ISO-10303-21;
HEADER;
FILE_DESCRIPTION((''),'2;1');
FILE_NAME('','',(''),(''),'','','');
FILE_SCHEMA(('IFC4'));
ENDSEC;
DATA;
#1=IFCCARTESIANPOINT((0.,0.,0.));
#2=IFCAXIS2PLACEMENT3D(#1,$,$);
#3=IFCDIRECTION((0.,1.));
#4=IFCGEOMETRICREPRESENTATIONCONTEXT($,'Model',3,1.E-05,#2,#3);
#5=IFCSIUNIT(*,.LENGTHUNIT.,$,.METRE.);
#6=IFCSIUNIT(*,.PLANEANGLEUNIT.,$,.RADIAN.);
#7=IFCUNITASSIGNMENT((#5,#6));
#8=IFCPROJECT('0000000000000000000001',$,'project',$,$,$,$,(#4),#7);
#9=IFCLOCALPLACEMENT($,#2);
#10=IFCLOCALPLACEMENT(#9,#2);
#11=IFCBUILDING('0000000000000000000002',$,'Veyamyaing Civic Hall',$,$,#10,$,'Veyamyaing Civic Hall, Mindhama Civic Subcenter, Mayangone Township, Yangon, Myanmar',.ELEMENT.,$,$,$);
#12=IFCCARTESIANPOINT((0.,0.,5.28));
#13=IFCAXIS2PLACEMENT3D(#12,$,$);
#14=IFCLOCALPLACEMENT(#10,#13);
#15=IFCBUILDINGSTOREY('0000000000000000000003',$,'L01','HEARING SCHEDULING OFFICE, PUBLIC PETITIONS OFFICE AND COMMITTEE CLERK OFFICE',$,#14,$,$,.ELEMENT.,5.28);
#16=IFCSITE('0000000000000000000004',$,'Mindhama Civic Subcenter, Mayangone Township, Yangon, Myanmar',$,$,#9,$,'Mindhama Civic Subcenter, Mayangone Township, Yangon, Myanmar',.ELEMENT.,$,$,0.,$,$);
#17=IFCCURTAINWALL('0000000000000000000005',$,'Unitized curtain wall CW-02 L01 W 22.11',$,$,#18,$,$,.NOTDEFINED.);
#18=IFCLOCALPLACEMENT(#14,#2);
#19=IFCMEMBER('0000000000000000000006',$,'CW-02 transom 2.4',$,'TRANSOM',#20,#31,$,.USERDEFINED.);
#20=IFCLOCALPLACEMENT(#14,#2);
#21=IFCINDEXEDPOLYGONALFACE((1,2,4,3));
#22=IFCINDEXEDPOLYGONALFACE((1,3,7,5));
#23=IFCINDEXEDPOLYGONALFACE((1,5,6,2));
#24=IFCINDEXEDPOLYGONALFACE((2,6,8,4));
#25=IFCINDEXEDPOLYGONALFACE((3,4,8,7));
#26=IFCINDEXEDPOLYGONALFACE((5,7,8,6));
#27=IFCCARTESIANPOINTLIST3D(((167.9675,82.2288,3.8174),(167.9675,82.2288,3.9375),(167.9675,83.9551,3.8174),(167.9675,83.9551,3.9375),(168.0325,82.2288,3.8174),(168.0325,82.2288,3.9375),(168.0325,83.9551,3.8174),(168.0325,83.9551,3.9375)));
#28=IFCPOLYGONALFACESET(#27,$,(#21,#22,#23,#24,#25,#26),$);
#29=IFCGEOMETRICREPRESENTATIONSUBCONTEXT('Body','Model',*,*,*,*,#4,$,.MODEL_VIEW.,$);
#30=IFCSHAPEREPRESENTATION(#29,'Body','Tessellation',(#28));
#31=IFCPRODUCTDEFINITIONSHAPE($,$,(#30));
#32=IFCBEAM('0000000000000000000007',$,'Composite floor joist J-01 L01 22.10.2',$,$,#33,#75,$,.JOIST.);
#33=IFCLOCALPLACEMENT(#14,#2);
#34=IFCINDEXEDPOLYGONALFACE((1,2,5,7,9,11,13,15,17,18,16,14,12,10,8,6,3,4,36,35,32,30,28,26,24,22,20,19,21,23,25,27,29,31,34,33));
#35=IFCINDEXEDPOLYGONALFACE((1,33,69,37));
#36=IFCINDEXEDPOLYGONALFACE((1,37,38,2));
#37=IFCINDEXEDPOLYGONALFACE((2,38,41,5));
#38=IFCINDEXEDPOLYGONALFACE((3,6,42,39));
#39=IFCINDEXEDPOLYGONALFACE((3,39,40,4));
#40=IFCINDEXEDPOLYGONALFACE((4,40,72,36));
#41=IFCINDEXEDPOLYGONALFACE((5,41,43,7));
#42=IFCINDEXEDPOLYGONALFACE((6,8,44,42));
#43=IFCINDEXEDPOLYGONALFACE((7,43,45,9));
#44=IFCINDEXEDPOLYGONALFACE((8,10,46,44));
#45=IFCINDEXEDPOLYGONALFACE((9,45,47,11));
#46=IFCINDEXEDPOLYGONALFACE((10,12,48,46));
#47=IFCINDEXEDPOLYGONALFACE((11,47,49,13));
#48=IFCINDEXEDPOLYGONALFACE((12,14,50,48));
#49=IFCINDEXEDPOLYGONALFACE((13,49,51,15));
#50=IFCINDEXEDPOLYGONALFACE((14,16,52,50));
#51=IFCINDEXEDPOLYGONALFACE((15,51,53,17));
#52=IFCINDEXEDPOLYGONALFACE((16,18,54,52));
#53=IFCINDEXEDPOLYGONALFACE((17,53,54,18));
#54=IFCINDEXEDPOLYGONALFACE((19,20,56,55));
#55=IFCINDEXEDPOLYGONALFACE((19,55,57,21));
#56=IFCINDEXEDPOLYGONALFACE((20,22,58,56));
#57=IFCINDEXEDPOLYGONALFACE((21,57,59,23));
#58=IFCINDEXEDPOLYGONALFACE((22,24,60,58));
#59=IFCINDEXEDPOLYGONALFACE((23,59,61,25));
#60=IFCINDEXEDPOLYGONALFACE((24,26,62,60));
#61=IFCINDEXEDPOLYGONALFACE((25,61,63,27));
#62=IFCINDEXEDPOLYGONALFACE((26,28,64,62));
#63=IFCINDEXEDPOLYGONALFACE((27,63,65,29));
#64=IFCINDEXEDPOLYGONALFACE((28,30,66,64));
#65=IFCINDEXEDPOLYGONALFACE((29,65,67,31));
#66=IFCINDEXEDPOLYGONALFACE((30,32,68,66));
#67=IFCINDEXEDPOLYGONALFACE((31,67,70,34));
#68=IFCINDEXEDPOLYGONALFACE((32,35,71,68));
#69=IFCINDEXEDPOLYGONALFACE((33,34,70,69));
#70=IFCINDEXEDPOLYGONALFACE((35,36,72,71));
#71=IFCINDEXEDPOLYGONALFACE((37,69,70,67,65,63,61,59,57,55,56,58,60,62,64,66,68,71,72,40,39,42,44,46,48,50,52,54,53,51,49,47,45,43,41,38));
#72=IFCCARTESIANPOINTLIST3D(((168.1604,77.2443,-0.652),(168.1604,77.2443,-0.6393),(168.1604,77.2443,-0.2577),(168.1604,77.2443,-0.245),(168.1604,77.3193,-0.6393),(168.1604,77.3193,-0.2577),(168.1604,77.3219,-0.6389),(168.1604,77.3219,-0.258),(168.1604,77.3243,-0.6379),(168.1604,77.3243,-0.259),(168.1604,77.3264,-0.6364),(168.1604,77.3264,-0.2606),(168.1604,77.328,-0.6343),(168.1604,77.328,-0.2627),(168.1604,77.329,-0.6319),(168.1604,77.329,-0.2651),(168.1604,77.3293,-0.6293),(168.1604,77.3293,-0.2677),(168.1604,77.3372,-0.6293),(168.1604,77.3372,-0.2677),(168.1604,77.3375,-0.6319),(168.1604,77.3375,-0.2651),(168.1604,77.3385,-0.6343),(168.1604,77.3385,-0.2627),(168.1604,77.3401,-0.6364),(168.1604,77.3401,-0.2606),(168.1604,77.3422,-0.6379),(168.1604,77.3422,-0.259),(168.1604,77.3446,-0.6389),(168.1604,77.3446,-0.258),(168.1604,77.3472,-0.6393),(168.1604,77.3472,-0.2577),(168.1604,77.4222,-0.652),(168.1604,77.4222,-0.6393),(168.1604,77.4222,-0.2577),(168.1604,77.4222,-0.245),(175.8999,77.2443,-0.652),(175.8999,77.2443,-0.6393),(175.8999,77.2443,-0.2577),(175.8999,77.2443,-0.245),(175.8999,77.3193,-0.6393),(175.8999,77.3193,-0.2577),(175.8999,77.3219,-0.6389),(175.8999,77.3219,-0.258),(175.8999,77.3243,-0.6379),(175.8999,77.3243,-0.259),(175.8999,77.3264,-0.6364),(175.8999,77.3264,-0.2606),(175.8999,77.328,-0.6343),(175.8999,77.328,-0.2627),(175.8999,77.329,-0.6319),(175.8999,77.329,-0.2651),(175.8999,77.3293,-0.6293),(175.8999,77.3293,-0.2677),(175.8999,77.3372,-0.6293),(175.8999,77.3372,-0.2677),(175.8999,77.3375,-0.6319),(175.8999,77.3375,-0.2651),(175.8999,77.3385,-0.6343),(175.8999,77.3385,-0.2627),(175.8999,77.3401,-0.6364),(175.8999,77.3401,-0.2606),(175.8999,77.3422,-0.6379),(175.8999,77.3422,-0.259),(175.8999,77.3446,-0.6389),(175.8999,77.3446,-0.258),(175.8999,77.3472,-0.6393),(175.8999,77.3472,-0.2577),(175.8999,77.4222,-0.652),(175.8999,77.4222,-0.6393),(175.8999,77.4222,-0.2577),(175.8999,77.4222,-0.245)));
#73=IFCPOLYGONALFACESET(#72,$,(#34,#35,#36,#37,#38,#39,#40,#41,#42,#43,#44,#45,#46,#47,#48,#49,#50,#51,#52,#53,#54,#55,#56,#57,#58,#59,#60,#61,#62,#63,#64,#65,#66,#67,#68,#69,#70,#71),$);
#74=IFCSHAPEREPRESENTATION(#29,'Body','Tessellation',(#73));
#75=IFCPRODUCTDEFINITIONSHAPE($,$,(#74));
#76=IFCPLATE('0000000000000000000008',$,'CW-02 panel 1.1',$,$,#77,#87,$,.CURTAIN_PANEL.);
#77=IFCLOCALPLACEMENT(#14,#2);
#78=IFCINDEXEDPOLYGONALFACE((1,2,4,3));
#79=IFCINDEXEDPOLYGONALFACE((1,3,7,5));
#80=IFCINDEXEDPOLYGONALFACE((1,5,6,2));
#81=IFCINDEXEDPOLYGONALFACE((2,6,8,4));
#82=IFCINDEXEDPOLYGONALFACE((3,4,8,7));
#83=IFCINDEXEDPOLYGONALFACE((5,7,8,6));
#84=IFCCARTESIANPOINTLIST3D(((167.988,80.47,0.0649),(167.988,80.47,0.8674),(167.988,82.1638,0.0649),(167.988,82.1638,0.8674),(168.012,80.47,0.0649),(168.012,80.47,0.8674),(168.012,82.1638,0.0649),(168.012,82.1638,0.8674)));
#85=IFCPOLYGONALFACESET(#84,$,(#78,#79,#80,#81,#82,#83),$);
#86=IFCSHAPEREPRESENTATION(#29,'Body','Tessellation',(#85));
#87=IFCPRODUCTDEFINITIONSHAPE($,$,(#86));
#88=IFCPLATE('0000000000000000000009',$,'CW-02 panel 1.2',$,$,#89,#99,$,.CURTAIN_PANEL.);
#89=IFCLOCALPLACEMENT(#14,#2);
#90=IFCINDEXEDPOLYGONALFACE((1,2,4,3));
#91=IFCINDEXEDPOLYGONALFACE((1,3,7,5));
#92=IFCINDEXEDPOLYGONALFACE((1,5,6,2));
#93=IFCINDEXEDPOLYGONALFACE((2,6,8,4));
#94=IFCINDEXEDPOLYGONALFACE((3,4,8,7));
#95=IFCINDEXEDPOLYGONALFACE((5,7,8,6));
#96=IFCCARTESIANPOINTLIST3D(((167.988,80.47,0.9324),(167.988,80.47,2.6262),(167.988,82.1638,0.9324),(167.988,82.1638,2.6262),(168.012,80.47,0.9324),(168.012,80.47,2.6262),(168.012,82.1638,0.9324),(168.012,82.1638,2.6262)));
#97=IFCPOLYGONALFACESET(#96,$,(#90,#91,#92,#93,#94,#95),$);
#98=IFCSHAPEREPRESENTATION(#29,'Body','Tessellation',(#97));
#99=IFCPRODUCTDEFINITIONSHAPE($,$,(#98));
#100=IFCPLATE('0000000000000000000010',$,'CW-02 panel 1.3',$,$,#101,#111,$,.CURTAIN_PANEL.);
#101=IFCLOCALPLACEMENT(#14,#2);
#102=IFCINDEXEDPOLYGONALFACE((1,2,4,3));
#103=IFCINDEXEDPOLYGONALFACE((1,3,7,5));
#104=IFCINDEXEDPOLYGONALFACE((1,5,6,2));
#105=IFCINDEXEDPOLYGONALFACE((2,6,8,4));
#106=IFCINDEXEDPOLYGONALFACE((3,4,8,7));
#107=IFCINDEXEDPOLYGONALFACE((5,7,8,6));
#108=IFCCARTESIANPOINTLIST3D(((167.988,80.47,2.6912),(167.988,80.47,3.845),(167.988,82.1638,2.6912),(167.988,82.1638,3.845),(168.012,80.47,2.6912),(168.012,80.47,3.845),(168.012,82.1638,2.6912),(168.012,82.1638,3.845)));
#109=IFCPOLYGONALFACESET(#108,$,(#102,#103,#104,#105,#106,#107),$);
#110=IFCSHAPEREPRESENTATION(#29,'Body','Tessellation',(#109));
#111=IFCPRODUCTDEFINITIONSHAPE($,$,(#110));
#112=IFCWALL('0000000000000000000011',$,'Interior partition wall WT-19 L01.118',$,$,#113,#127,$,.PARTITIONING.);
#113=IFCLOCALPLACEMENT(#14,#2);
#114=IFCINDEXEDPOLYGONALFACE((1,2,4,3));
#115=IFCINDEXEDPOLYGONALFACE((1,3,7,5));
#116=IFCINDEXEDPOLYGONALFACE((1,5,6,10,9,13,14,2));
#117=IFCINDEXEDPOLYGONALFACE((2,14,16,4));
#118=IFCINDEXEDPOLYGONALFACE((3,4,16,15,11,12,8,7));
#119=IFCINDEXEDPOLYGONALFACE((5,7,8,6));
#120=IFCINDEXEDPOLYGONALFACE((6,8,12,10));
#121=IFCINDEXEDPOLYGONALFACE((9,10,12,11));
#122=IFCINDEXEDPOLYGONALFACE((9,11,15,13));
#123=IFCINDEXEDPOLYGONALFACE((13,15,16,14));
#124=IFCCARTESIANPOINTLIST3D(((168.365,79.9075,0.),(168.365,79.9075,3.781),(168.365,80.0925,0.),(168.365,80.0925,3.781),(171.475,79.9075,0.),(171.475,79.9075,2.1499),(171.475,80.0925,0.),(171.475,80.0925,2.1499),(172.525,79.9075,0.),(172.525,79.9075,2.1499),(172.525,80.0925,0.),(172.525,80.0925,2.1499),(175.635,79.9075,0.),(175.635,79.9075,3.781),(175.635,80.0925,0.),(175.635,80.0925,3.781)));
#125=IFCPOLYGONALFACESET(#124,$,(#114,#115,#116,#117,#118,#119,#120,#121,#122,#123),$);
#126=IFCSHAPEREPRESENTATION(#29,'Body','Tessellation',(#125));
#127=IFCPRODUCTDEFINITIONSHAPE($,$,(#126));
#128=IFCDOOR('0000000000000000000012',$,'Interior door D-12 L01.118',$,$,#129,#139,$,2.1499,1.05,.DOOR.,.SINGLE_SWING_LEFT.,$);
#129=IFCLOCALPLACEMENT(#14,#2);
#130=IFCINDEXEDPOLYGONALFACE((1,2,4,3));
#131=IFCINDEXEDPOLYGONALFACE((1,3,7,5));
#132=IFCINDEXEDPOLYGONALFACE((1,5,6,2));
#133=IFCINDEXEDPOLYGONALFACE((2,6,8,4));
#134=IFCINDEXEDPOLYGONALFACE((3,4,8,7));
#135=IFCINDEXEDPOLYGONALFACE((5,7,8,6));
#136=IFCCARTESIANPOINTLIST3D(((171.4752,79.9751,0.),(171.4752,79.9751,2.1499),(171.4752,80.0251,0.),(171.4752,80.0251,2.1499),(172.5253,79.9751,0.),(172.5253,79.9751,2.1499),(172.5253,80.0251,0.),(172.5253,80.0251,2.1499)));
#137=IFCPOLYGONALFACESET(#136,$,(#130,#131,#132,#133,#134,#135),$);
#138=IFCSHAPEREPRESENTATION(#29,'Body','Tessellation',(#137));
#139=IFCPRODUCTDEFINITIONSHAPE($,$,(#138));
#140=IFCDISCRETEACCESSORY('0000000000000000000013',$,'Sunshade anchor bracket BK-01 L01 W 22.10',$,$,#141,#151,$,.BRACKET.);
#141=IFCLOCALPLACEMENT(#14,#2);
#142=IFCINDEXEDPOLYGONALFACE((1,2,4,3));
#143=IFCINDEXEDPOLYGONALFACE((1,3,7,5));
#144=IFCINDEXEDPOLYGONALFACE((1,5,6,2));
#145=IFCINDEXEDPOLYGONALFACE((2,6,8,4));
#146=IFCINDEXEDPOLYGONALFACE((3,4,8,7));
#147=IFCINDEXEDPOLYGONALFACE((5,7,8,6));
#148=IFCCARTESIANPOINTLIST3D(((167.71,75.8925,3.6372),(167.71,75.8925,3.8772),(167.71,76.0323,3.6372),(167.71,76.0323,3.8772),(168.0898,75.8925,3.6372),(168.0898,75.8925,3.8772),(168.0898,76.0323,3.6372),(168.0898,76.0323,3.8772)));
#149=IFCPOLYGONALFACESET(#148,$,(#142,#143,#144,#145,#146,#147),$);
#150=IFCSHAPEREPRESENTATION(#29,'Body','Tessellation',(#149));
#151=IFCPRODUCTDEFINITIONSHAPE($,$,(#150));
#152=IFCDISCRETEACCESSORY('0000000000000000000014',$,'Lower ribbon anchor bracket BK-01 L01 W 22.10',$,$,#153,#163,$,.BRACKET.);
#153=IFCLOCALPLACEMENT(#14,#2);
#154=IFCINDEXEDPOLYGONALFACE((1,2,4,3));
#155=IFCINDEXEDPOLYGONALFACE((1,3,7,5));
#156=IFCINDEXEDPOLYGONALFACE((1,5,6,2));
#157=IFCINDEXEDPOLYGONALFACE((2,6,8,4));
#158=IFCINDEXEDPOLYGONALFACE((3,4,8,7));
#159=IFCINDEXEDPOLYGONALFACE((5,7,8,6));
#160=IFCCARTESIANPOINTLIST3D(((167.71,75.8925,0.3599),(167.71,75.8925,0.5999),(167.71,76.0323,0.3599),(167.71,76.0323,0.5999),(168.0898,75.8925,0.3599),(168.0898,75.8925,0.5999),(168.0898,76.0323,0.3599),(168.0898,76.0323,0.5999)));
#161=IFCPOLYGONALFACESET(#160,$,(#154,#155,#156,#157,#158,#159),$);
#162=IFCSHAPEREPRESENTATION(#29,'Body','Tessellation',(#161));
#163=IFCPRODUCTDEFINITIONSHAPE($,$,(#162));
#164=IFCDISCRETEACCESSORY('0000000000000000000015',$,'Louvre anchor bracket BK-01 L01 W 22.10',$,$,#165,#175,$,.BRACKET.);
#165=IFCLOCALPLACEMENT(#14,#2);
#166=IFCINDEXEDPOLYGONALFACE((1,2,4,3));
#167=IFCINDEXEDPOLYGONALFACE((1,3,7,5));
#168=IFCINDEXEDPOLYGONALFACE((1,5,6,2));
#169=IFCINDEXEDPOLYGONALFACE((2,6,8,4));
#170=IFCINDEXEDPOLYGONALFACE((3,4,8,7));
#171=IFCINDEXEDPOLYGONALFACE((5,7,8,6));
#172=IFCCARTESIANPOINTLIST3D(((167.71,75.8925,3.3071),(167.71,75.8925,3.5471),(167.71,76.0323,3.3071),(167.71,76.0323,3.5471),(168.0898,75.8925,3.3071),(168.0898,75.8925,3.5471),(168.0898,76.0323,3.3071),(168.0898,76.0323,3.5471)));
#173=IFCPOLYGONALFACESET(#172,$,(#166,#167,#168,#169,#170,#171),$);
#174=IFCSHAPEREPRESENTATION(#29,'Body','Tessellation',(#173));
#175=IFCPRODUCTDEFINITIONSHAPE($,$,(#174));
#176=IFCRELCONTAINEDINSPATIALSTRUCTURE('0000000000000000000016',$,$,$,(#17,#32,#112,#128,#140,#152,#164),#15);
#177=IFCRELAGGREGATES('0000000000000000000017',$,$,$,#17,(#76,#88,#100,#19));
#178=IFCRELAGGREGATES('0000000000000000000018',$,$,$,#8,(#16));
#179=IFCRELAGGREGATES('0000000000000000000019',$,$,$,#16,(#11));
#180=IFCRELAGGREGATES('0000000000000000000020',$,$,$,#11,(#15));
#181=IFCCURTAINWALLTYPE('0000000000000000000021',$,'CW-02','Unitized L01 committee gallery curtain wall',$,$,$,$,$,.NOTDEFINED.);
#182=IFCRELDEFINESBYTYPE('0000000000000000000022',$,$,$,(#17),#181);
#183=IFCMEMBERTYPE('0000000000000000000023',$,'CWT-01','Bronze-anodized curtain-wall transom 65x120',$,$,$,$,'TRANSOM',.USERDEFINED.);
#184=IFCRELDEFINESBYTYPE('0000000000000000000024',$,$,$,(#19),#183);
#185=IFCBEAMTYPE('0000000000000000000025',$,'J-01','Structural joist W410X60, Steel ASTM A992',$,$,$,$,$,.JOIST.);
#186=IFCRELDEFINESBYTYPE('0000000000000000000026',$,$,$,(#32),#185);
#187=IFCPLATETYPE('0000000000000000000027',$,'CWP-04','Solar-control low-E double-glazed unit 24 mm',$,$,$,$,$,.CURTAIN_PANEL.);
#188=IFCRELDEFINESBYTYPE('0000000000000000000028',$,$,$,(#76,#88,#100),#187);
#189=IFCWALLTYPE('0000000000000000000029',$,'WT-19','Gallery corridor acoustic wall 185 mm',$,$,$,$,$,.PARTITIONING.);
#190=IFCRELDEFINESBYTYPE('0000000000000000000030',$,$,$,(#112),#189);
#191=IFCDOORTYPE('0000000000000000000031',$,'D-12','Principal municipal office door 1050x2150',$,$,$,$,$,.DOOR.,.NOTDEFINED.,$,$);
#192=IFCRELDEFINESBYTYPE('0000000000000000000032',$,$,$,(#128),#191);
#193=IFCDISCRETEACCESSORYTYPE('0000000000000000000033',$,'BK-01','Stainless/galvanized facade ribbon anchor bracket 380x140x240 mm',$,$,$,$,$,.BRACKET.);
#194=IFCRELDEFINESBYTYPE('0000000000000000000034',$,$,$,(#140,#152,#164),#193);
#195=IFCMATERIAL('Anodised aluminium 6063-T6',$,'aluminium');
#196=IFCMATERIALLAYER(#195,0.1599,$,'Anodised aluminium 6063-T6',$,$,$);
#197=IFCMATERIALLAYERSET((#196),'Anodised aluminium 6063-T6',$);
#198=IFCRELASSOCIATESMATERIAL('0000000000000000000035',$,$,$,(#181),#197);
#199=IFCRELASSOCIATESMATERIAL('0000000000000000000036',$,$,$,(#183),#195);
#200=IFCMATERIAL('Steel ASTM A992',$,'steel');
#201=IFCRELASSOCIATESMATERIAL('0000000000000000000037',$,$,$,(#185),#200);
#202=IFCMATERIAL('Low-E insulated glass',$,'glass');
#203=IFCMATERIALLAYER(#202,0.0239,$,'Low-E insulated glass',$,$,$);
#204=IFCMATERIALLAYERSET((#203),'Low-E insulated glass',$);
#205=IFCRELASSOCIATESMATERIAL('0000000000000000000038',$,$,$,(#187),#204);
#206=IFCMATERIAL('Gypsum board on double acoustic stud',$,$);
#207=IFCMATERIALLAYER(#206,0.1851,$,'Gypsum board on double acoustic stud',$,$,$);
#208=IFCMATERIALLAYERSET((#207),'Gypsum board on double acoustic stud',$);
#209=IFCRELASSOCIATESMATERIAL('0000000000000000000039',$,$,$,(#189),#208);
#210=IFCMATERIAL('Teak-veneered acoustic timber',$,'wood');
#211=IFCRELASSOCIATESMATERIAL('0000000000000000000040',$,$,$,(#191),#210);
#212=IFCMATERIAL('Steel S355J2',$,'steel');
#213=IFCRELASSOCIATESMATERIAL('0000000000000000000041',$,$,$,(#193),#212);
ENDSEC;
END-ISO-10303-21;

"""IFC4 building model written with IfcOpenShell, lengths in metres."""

from ifc_helpers import new_model, si_unit, direction, frame, frame_2d, origin, origin_2d, place, context, subcontext, project, spatial, rectangle, i_section, extrude, material, layer, layer_set, material_profile, profile_set, type_object, element, fill, aggregate, save


model = new_model("IFC4")

# Units and contexts
model_context = context("Model", 3, precision=1e-05, world=origin(), true_north=direction((0.0, 1.0)))
body_context = subcontext(model_context, "Body", "Model", "MODEL_VIEW")
ifc_project = project(units=[si_unit("LENGTHUNIT", "METRE"), si_unit("PLANEANGLEUNIT", "RADIAN")], contexts=[model_context])

# Site, building, storey
site_placement = place(None, origin())
site = spatial("IfcSite", under=ifc_project, at=site_placement, Name="Mindhama Civic Subcenter, Mayangone Township, Yangon, Myanmar", LongName="Mindhama Civic Subcenter, Mayangone Township, Yangon, Myanmar", CompositionType="ELEMENT", RefElevation=0.0)
building_placement = place(site_placement, origin())
building = spatial("IfcBuilding", under=site, at=building_placement, Name="Veyamyaing Civic Hall", LongName="Veyamyaing Civic Hall, Mindhama Civic Subcenter, Mayangone Township, Yangon, Myanmar", CompositionType="ELEMENT")
storey_placement = place(building_placement, frame((0.0, 0.0, 5.28)))
storey = spatial("IfcBuildingStorey", under=building, at=storey_placement, Name="L01", Description="HEARING SCHEDULING OFFICE, PUBLIC PETITIONS OFFICE AND COMMITTEE CLERK OFFICE", CompositionType="ELEMENT", Elevation=5.28)

# Shared definitions
ifc_material_1 = material(Name="Steel ASTM A992", Category="steel")

# Curtain wall, member
ifc_material_2 = material(Name="Anodised aluminium 6063-T6", Category="aluminium")
ifc_layer_1 = layer(ifc_material_2, 0.1599, Name="Anodised aluminium 6063-T6")
ifc_layer_set_1 = layer_set([ifc_layer_1], Name="Anodised aluminium 6063-T6")
curtain_wall_type = type_object("IfcCurtainWallType", Name="CW-02", Description="Unitized L01 committee gallery curtain wall", PredefinedType="NOTDEFINED", material=ifc_layer_set_1)
curtain_wall_placement = place(storey_placement, origin())
curtain_wall = element("IfcCurtainWall", 1, at=curtain_wall_placement, inside=storey, type_object=curtain_wall_type, Name="Unitized curtain wall CW-02 L01 W 22.11", PredefinedType="NOTDEFINED")
ifc_material_profile_1 = material_profile(ifc_material_2, rectangle(XDim=0.0649, YDim=0.1201, at=origin_2d()), Name="ALU-TRN-65X120")
ifc_profile_set_1 = profile_set([ifc_material_profile_1], Name="Anodised aluminium 6063-T6")
member_type_1 = type_object("IfcMemberType", Name="CWT-01", Description="Bronze-anodized curtain-wall transom 65x120", ElementType="TRANSOM", PredefinedType="USERDEFINED", material=ifc_profile_set_1)
member_1_placement = place(storey_placement, frame((168.0, 82.2288, 3.8774), z_axis=(0.0, 1.0, 0.0), x_axis=(-1.0, 0.0, 0.0)))
member_1 = element("IfcMember", 2, at=member_1_placement, type_object=member_type_1, Name="CW-02 transom 2.4", ObjectType="TRANSOM", PredefinedType="USERDEFINED", context=body_context, shape_type="SweptSolid", body=[
    extrude(rectangle(XDim=0.0649, YDim=0.1201, at=origin_2d()), origin(), (0.0, 0.0, 1.0), 1.7263),
])

# Beam
ifc_material_profile_2 = material_profile(ifc_material_1, i_section(OverallWidth=0.178, OverallDepth=0.407, WebThickness=0.0078, FlangeThickness=0.0127, FilletRadius=0.01, at=origin_2d()), Name="W410X60")
ifc_profile_set_2 = profile_set([ifc_material_profile_2], Name="Steel ASTM A992")
beam_type_1 = type_object("IfcBeamType", Name="J-01", Description="Structural joist W410X60, Steel ASTM A992", PredefinedType="JOIST", material=ifc_profile_set_2)
beam_1_placement = place(storey_placement, frame((168.1604, 77.3333, -0.4485), z_axis=(1.0, 0.0, 0.0), x_axis=(0.0, 1.0, 0.0)))
element("IfcBeam", 3, at=beam_1_placement, inside=storey, type_object=beam_type_1, Name="Composite floor joist J-01 L01 22.10.2", PredefinedType="JOIST", context=body_context, shape_type="SweptSolid", body=[
    extrude(i_section(OverallWidth=0.178, OverallDepth=0.407, WebThickness=0.0078, FlangeThickness=0.0127, FilletRadius=0.01, at=origin_2d()), origin(), (0.0, 0.0, 1.0), 7.7395),
])

# Plates
ifc_material_3 = material(Name="Low-E insulated glass", Category="glass")
ifc_layer_2 = layer(ifc_material_3, 0.0239, Name="Low-E insulated glass")
ifc_layer_set_2 = layer_set([ifc_layer_2], Name="Low-E insulated glass")
plate_type = type_object("IfcPlateType", Name="CWP-04", Description="Solar-control low-E double-glazed unit 24 mm", PredefinedType="CURTAIN_PANEL", material=ifc_layer_set_2)
plate_1_placement = place(storey_placement, frame((168.0, 81.3169, 0.0649), z_axis=(0.0, 0.0, 1.0), x_axis=(0.0, 1.0, 0.0)))
plate_1 = element("IfcPlate", 4, at=plate_1_placement, type_object=plate_type, Name="CW-02 panel 1.1", PredefinedType="CURTAIN_PANEL", context=body_context, shape_type="SweptSolid", body=[
    extrude(rectangle(XDim=1.6938, YDim=0.0239, at=origin_2d()), origin(), (0.0, 0.0, 1.0), 0.8025),
])
plate_2_placement = place(storey_placement, frame((168.0, 81.3169, 0.9324), z_axis=(0.0, 0.0, 1.0), x_axis=(0.0, 1.0, 0.0)))
plate_2 = element("IfcPlate", 5, at=plate_2_placement, type_object=plate_type, Name="CW-02 panel 1.2", PredefinedType="CURTAIN_PANEL", context=body_context, shape_type="SweptSolid", body=[
    extrude(rectangle(XDim=1.6938, YDim=0.0239, at=origin_2d()), origin(), (0.0, 0.0, 1.0), 1.6938),
])
plate_3_placement = place(storey_placement, frame((168.0, 81.3169, 2.6912), z_axis=(0.0, 0.0, 1.0), x_axis=(0.0, 1.0, 0.0)))
plate_3 = element("IfcPlate", 6, at=plate_3_placement, type_object=plate_type, Name="CW-02 panel 1.3", PredefinedType="CURTAIN_PANEL", context=body_context, shape_type="SweptSolid", body=[
    extrude(rectangle(XDim=1.6938, YDim=0.0239, at=origin_2d()), origin(), (0.0, 0.0, 1.0), 1.1538),
])
aggregate(curtain_wall, [plate_1, plate_2, plate_3, member_1])

# Wall, opening, door
ifc_material_4 = material(Name="Gypsum board on double acoustic stud")
ifc_layer_3 = layer(ifc_material_4, 0.1851, Name="Gypsum board on double acoustic stud")
ifc_layer_set_3 = layer_set([ifc_layer_3], Name="Gypsum board on double acoustic stud")
wall_type = type_object("IfcWallType", Name="WT-19", Description="Gallery corridor acoustic wall 185 mm", PredefinedType="PARTITIONING", material=ifc_layer_set_3)
wall_placement = place(storey_placement, frame((168.365, 80.0, 0.0), z_axis=(0.0, 0.0, 1.0), x_axis=(1.0, 0.0, 0.0)))
wall = element("IfcWall", 7, at=wall_placement, inside=storey, type_object=wall_type, Name="Interior partition wall WT-19 L01.118", PredefinedType="PARTITIONING", context=body_context, shape_type="SweptSolid", body=[
    extrude(rectangle(XDim=7.27, YDim=0.1851, at=frame_2d((3.635, 0.0))), origin(), (0.0, 0.0, 1.0), 3.781),
])
opening_placement = place(wall_placement, frame((3.1101, 0.0, 0.0)))
opening = element("IfcOpeningElement", 8, at=opening_placement, cuts=wall, PredefinedType="OPENING", context=body_context, shape_type="SweptSolid", body=[
    extrude(rectangle(XDim=1.05, YDim=2.1499, at=frame_2d((0.5249, 1.075))), frame((0.0, 0.1025, 0.0), z_axis=(0.0, -1.0, 0.0), x_axis=(1.0, 0.0, 0.0)), (0.0, 0.0, 1.0), 0.2051),
])
ifc_material_5 = material(Name="Teak-veneered acoustic timber", Category="wood")
door_type = type_object("IfcDoorType", Name="D-12", Description="Principal municipal office door 1050x2150", OperationType="NOTDEFINED", PredefinedType="DOOR", material=ifc_material_5)
door_placement = place(opening_placement, frame((1.05, 0.0, 0.0), z_axis=(0.0, 0.0, 1.0), x_axis=(-1.0, 0.0, 0.0)))
door = element("IfcDoor", 9, at=door_placement, inside=storey, type_object=door_type, Name="Interior door D-12 L01.118", OperationType="SINGLE_SWING_LEFT", OverallHeight=2.1499, OverallWidth=1.05, PredefinedType="DOOR", context=body_context, shape_type="SweptSolid", body=[
    extrude(rectangle(XDim=1.05, YDim=2.1499, at=frame_2d((0.5249, 1.075))), frame((0.0, 0.0249, 0.0), z_axis=(0.0, -1.0, 0.0), x_axis=(1.0, 0.0, 0.0)), (0.0, 0.0, 1.0), 0.05),
])
fill(opening, door)

# Discrete accessories
ifc_material_6 = material(Name="Steel S355J2", Category="steel")
discrete_accessory_type = type_object("IfcDiscreteAccessoryType", Name="BK-01", Description="Stainless/galvanized facade ribbon anchor bracket 380x140x240 mm", PredefinedType="BRACKET", material=ifc_material_6)
for number, where, z_axis, x_axis, name in (
    (10, (167.8999, 75.9624, 3.6372), (0.0, 0.0, 1.0), (-1.0, 0.0, 0.0), "Sunshade anchor bracket BK-01 L01 W 22.10"),
    (11, (167.8999, 75.9624, 0.3599), (0.0, 0.0, 1.0), (-1.0, 0.0, 0.0), "Lower ribbon anchor bracket BK-01 L01 W 22.10"),
    (12, (167.8999, 75.9624, 3.3071), (0.0, 0.0, 1.0), (-1.0, 0.0, 0.0), "Louvre anchor bracket BK-01 L01 W 22.10"),
):
    element("IfcDiscreteAccessory", number, at=place(storey_placement, frame(where, z_axis=z_axis, x_axis=x_axis)), inside=storey, type_object=discrete_accessory_type, Name=name, PredefinedType="BRACKET", context=body_context, shape_type="SweptSolid", body=[
        extrude(rectangle(XDim=0.3799, YDim=0.1399, at=origin_2d()), origin(), (0.0, 0.0, 1.0), 0.24),
    ])

save(model, "model.ifc")
